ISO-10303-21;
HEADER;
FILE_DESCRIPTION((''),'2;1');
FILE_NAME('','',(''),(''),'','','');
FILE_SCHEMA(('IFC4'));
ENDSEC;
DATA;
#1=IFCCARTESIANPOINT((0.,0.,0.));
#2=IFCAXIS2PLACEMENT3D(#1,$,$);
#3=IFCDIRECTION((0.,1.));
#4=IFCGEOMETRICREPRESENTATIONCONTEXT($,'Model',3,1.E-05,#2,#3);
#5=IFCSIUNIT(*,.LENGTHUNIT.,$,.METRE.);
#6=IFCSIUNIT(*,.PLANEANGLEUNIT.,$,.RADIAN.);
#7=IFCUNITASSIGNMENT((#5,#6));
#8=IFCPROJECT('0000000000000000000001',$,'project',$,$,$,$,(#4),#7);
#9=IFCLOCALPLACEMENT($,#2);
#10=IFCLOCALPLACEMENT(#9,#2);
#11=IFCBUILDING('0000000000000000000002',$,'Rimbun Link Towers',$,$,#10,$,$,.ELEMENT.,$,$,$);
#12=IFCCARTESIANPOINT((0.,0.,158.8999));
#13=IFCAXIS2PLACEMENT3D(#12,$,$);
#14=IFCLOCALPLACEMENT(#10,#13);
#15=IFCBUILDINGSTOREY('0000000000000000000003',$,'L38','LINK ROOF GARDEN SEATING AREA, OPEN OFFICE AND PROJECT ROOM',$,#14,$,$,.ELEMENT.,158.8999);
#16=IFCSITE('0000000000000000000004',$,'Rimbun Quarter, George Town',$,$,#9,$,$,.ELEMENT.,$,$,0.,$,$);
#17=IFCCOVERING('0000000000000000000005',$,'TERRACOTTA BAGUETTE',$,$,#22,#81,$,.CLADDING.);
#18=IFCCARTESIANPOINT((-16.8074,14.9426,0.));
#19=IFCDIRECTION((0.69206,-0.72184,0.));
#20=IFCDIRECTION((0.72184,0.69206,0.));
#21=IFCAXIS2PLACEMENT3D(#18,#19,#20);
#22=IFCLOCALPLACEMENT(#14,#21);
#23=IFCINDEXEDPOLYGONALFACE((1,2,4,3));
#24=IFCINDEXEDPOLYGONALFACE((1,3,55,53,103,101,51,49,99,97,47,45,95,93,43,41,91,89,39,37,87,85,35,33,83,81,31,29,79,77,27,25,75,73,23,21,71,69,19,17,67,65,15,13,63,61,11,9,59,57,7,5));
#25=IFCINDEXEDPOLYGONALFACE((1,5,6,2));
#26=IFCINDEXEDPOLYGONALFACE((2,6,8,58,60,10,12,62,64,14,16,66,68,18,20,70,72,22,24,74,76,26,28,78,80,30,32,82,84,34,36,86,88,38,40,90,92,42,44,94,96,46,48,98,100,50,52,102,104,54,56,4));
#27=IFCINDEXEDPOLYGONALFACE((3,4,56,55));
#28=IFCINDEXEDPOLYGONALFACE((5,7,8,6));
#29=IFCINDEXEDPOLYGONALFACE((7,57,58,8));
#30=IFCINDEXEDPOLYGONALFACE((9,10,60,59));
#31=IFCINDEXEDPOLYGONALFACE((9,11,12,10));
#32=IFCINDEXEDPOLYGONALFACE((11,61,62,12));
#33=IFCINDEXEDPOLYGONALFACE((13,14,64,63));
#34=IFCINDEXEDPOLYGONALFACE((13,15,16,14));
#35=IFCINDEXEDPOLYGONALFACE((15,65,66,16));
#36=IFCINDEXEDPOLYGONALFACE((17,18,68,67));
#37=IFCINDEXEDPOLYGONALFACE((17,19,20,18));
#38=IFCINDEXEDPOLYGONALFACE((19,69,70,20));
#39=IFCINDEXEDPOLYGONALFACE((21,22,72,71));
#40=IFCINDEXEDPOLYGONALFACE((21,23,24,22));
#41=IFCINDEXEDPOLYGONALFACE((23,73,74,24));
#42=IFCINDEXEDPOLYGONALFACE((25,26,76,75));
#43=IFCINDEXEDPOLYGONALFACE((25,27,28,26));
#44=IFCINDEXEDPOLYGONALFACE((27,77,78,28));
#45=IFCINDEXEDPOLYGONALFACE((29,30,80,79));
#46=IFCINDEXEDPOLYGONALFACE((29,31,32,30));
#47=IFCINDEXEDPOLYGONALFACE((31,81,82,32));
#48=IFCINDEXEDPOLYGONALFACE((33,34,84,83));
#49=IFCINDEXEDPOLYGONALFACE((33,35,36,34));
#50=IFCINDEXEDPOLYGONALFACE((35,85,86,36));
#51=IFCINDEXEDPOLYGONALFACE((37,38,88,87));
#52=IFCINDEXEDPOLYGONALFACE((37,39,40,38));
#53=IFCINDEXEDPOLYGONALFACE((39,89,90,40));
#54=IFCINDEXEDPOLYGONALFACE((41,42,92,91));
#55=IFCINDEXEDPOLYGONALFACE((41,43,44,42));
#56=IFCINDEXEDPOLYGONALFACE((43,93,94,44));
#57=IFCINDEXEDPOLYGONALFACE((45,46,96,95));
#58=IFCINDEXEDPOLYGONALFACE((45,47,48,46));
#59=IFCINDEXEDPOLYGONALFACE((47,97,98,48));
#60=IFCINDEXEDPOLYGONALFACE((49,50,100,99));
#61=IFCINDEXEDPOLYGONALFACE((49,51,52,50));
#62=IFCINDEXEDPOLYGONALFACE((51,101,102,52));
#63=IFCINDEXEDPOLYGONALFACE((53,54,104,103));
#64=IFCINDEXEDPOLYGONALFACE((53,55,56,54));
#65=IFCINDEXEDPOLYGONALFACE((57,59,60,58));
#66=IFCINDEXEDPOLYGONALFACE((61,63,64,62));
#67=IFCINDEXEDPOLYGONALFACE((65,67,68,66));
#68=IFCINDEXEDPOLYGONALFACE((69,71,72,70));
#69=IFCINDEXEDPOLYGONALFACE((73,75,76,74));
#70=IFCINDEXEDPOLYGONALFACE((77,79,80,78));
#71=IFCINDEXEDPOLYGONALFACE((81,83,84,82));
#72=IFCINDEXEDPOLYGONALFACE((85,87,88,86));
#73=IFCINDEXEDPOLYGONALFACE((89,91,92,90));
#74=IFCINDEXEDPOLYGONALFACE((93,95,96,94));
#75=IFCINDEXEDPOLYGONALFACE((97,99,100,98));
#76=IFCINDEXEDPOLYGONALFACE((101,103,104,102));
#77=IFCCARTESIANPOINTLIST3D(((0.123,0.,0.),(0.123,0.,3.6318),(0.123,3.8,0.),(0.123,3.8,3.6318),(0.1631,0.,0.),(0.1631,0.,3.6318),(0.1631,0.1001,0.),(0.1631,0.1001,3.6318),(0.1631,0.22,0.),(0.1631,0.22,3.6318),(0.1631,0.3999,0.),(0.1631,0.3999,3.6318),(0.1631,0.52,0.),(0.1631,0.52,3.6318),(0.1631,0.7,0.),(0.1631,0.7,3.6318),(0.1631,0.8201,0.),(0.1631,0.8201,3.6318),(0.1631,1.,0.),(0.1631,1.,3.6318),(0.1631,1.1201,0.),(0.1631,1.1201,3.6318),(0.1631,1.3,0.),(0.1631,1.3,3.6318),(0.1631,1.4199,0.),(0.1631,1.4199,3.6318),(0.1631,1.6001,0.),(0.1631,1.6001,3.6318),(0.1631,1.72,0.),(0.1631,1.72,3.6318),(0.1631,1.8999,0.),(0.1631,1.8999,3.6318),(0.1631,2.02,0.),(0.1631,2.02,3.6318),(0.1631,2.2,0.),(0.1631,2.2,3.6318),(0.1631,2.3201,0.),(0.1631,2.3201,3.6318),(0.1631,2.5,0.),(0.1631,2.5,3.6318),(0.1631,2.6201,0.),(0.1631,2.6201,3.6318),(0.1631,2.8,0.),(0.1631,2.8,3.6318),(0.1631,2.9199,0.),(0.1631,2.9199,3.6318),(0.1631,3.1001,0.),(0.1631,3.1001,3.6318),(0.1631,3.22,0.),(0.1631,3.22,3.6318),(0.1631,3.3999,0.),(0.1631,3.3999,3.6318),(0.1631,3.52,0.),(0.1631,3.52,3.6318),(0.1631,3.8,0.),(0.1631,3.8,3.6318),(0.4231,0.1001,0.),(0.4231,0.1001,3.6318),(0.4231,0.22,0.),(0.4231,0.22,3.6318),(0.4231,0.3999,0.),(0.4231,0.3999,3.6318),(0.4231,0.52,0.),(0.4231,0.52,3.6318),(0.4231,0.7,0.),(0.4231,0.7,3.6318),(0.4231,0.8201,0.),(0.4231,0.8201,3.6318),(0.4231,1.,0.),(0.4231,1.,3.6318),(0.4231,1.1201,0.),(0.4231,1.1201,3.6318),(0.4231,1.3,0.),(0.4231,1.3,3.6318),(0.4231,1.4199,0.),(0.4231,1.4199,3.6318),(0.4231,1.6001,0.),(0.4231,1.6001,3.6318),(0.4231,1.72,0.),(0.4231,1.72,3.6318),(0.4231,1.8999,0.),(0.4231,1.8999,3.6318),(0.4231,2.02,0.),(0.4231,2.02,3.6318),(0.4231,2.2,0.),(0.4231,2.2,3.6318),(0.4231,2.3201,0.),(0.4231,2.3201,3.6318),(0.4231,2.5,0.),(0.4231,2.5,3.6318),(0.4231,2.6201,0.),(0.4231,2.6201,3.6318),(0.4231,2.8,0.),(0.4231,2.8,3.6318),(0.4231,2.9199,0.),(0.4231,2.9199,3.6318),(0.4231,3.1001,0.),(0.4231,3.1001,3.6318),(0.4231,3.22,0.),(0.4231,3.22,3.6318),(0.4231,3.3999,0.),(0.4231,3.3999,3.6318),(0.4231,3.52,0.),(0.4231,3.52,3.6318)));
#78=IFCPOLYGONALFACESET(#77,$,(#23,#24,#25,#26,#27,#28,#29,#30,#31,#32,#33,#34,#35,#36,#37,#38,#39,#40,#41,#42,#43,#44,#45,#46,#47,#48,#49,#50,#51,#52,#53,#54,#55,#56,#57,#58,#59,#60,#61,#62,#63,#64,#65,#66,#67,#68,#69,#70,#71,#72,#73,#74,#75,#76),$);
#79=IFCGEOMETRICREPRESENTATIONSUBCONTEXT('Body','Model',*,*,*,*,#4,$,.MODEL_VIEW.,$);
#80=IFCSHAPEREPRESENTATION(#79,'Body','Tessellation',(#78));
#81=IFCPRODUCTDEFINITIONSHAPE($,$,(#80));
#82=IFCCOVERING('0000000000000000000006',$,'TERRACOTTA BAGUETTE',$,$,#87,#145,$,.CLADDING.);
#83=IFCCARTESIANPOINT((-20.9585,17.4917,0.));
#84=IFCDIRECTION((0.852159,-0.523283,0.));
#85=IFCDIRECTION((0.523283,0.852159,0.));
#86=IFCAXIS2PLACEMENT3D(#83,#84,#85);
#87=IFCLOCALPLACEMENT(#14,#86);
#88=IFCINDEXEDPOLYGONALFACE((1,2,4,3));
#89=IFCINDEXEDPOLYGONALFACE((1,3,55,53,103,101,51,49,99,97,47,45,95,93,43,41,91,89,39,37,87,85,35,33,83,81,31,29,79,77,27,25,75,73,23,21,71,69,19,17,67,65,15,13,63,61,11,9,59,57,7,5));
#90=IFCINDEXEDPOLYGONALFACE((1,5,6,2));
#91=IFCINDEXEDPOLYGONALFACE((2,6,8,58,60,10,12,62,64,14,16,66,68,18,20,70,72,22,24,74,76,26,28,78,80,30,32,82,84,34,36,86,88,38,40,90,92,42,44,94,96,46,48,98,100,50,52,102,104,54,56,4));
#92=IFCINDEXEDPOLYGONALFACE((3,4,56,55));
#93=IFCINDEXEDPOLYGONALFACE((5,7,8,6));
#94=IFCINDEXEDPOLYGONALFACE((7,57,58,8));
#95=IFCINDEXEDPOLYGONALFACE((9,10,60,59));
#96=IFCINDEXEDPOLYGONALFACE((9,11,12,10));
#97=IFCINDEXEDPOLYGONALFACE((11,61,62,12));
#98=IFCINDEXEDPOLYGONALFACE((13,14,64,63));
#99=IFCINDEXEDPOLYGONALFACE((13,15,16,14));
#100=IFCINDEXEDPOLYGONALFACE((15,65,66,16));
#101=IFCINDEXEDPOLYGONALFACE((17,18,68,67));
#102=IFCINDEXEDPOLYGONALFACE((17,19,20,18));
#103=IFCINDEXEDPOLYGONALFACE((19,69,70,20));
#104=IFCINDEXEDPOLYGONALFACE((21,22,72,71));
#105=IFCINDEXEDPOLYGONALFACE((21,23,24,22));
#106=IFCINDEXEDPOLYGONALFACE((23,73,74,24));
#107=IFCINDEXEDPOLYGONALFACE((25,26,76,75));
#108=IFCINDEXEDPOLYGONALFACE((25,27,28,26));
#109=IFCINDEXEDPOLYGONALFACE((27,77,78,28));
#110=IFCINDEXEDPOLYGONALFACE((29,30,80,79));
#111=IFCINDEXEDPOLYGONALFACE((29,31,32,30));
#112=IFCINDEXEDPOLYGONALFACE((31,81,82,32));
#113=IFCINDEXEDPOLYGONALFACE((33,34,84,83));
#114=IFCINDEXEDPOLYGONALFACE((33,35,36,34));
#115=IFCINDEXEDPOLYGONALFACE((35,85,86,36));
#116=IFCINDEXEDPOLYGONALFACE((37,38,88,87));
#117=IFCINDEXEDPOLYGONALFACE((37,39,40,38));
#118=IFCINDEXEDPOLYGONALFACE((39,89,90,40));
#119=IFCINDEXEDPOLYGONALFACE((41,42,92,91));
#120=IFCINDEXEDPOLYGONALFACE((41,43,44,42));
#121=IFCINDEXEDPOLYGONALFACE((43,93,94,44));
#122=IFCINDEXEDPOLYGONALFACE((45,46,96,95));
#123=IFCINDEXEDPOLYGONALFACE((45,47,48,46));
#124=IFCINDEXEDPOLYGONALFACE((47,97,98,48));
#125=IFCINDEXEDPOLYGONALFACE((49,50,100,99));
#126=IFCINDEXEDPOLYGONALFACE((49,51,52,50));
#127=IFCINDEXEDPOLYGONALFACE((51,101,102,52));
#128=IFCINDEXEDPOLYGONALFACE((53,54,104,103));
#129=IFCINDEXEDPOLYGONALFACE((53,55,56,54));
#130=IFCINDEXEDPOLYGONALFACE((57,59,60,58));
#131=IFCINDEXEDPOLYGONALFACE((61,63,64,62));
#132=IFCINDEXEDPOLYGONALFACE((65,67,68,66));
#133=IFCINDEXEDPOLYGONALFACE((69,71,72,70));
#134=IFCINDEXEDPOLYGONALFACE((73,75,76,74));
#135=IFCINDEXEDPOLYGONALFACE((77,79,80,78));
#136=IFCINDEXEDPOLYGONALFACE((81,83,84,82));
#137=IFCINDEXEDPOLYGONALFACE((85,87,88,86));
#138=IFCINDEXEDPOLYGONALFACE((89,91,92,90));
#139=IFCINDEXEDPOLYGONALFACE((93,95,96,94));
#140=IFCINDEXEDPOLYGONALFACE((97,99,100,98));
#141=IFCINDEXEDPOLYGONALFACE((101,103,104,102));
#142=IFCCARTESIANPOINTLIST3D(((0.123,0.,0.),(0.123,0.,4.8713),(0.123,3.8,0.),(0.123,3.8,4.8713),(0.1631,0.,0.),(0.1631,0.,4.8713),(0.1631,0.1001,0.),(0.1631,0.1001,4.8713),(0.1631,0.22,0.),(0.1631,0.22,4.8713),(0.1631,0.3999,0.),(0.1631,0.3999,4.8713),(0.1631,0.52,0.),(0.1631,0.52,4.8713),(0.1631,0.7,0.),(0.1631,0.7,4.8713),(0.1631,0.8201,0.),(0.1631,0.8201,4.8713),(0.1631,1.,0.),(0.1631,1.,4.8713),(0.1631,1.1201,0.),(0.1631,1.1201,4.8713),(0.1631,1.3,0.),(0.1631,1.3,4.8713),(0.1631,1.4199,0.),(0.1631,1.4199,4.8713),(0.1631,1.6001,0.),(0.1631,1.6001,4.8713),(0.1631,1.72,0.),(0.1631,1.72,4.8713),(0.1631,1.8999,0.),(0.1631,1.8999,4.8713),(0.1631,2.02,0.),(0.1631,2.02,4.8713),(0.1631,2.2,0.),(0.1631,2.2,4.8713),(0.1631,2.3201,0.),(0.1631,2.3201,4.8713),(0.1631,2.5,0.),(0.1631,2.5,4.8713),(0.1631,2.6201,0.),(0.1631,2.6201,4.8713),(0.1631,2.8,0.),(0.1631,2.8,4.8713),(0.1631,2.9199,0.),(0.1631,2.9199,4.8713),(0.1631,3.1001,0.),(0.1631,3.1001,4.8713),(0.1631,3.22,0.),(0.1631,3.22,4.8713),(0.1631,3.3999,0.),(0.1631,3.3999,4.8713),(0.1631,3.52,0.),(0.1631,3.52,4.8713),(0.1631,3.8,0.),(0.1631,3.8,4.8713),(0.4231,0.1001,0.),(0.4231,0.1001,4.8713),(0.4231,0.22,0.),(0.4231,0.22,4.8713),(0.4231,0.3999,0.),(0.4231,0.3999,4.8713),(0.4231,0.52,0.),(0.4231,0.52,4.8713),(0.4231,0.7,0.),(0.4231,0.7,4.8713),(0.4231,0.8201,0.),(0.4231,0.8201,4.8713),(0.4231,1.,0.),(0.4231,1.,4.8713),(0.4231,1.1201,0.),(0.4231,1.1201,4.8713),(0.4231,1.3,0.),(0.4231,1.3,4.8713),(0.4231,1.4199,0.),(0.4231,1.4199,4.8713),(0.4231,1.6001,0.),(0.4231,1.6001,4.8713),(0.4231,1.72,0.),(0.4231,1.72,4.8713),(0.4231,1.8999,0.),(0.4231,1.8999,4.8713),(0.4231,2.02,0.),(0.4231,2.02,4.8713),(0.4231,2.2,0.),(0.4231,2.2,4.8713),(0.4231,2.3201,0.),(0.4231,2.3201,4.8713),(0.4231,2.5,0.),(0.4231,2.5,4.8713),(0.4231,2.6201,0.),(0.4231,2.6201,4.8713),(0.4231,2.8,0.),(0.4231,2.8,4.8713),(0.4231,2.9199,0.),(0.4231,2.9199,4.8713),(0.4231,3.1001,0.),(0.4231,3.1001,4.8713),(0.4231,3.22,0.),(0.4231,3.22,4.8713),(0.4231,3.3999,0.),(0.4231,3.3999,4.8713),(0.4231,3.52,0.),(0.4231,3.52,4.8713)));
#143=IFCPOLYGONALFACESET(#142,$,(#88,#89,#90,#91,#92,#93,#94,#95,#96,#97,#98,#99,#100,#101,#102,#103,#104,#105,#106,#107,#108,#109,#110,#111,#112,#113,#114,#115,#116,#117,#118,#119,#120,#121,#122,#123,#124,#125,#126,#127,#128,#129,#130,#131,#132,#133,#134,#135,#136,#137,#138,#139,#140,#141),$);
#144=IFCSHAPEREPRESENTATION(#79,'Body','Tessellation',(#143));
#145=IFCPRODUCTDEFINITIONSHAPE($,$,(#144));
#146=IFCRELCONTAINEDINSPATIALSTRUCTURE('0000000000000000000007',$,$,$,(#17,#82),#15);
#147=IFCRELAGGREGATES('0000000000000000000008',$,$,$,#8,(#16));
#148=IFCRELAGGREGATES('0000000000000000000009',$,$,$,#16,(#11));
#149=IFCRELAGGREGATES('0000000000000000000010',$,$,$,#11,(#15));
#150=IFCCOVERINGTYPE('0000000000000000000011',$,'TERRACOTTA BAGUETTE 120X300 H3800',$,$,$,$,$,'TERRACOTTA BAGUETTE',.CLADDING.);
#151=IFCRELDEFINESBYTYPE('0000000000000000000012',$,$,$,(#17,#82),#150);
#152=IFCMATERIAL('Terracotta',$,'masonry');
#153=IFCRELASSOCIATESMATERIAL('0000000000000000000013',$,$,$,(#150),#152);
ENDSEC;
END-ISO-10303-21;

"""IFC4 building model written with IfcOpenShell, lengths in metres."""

from ifc_helpers import new_model, si_unit, direction, frame, origin, place, context, subcontext, project, spatial, polyline, outline, extrude, material, material_profile, profile_set, type_object, element, save


model = new_model("IFC4")

# Units and contexts
model_context = context("Model", 3, precision=1e-05, world=origin(), true_north=direction((0.0, 1.0)))
body_context = subcontext(model_context, "Body", "Model", "MODEL_VIEW")
ifc_project = project(units=[si_unit("LENGTHUNIT", "METRE"), si_unit("PLANEANGLEUNIT", "RADIAN")], contexts=[model_context])

# Site, building, storey
site_placement = place(None, origin())
site = spatial("IfcSite", under=ifc_project, at=site_placement, Name="Rimbun Quarter, George Town", CompositionType="ELEMENT", RefElevation=0.0)
building_placement = place(site_placement, origin())
building = spatial("IfcBuilding", under=site, at=building_placement, Name="Rimbun Link Towers", CompositionType="ELEMENT")
storey_placement = place(building_placement, frame((0.0, 0.0, 158.8999)))
storey = spatial("IfcBuildingStorey", under=building, at=storey_placement, Name="L38", Description="LINK ROOF GARDEN SEATING AREA, OPEN OFFICE AND PROJECT ROOM", CompositionType="ELEMENT", Elevation=158.8999)

# Coverings
ifc_material_1 = material(Name="Terracotta", Category="masonry")
ifc_material_profile_1 = material_profile(ifc_material_1, outline(polyline([(0.123, 0.0), (0.1631, 0.0), (0.1631, 0.1001), (0.4231, 0.1001), (0.4231, 0.22), (0.1631, 0.22), (0.1631, 0.3999), (0.4231, 0.3999), (0.4231, 0.52), (0.1631, 0.52), (0.1631, 0.7), (0.4231, 0.7), (0.4231, 0.8201), (0.1631, 0.8201), (0.1631, 1.0), (0.4231, 1.0), (0.4231, 1.1201), (0.1631, 1.1201), (0.1631, 1.3), (0.4231, 1.3), (0.4231, 1.4199), (0.1631, 1.4199), (0.1631, 1.6001), (0.4231, 1.6001), (0.4231, 1.72), (0.1631, 1.72), (0.1631, 1.8999), (0.4231, 1.8999), (0.4231, 2.02), (0.1631, 2.02), (0.1631, 2.2), (0.4231, 2.2), (0.4231, 2.3201), (0.1631, 2.3201), (0.1631, 2.5), (0.4231, 2.5), (0.4231, 2.6201), (0.1631, 2.6201), (0.1631, 2.8), (0.4231, 2.8), (0.4231, 2.9199), (0.1631, 2.9199), (0.1631, 3.1001), (0.4231, 3.1001), (0.4231, 3.22), (0.1631, 3.22), (0.1631, 3.3999), (0.4231, 3.3999), (0.4231, 3.52), (0.1631, 3.52), (0.1631, 3.8), (0.123, 3.8), (0.123, 0.0)])), Name="BAGUETTE 120X300")
ifc_profile_set_1 = profile_set([ifc_material_profile_1], Name="Terracotta")
covering_type = type_object("IfcCoveringType", Name="TERRACOTTA BAGUETTE 120X300 H3800", ElementType="TERRACOTTA BAGUETTE", PredefinedType="CLADDING", material=ifc_profile_set_1)
covering_1_placement = place(storey_placement, frame((-16.8074, 14.9426, 0.0), z_axis=(0.69206, -0.72184, 0.0), x_axis=(0.72184, 0.69206, 0.0)))
element("IfcCovering", 1, at=covering_1_placement, inside=storey, type_object=covering_type, Name="TERRACOTTA BAGUETTE", PredefinedType="CLADDING", context=body_context, shape_type="SweptSolid", body=[
    extrude(outline(polyline([(0.123, 0.0), (0.1631, 0.0), (0.1631, 0.1001), (0.4231, 0.1001), (0.4231, 0.22), (0.1631, 0.22), (0.1631, 0.3999), (0.4231, 0.3999), (0.4231, 0.52), (0.1631, 0.52), (0.1631, 0.7), (0.4231, 0.7), (0.4231, 0.8201), (0.1631, 0.8201), (0.1631, 1.0), (0.4231, 1.0), (0.4231, 1.1201), (0.1631, 1.1201), (0.1631, 1.3), (0.4231, 1.3), (0.4231, 1.4199), (0.1631, 1.4199), (0.1631, 1.6001), (0.4231, 1.6001), (0.4231, 1.72), (0.1631, 1.72), (0.1631, 1.8999), (0.4231, 1.8999), (0.4231, 2.02), (0.1631, 2.02), (0.1631, 2.2), (0.4231, 2.2), (0.4231, 2.3201), (0.1631, 2.3201), (0.1631, 2.5), (0.4231, 2.5), (0.4231, 2.6201), (0.1631, 2.6201), (0.1631, 2.8), (0.4231, 2.8), (0.4231, 2.9199), (0.1631, 2.9199), (0.1631, 3.1001), (0.4231, 3.1001), (0.4231, 3.22), (0.1631, 3.22), (0.1631, 3.3999), (0.4231, 3.3999), (0.4231, 3.52), (0.1631, 3.52), (0.1631, 3.8), (0.123, 3.8), (0.123, 0.0)])), origin(), (0.0, 0.0, 1.0), 3.6318),
])
covering_2_placement = place(storey_placement, frame((-20.9585, 17.4917, 0.0), z_axis=(0.852159, -0.523283, 0.0), x_axis=(0.523283, 0.852159, 0.0)))
element("IfcCovering", 2, at=covering_2_placement, inside=storey, type_object=covering_type, Name="TERRACOTTA BAGUETTE", PredefinedType="CLADDING", context=body_context, shape_type="SweptSolid", body=[
    extrude(outline(polyline([(0.123, 0.0), (0.1631, 0.0), (0.1631, 0.1001), (0.4231, 0.1001), (0.4231, 0.22), (0.1631, 0.22), (0.1631, 0.3999), (0.4231, 0.3999), (0.4231, 0.52), (0.1631, 0.52), (0.1631, 0.7), (0.4231, 0.7), (0.4231, 0.8201), (0.1631, 0.8201), (0.1631, 1.0), (0.4231, 1.0), (0.4231, 1.1201), (0.1631, 1.1201), (0.1631, 1.3), (0.4231, 1.3), (0.4231, 1.4199), (0.1631, 1.4199), (0.1631, 1.6001), (0.4231, 1.6001), (0.4231, 1.72), (0.1631, 1.72), (0.1631, 1.8999), (0.4231, 1.8999), (0.4231, 2.02), (0.1631, 2.02), (0.1631, 2.2), (0.4231, 2.2), (0.4231, 2.3201), (0.1631, 2.3201), (0.1631, 2.5), (0.4231, 2.5), (0.4231, 2.6201), (0.1631, 2.6201), (0.1631, 2.8), (0.4231, 2.8), (0.4231, 2.9199), (0.1631, 2.9199), (0.1631, 3.1001), (0.4231, 3.1001), (0.4231, 3.22), (0.1631, 3.22), (0.1631, 3.3999), (0.4231, 3.3999), (0.4231, 3.52), (0.1631, 3.52), (0.1631, 3.8), (0.123, 3.8), (0.123, 0.0)])), origin(), (0.0, 0.0, 1.0), 4.8713),
])

save(model, "model.ifc")
